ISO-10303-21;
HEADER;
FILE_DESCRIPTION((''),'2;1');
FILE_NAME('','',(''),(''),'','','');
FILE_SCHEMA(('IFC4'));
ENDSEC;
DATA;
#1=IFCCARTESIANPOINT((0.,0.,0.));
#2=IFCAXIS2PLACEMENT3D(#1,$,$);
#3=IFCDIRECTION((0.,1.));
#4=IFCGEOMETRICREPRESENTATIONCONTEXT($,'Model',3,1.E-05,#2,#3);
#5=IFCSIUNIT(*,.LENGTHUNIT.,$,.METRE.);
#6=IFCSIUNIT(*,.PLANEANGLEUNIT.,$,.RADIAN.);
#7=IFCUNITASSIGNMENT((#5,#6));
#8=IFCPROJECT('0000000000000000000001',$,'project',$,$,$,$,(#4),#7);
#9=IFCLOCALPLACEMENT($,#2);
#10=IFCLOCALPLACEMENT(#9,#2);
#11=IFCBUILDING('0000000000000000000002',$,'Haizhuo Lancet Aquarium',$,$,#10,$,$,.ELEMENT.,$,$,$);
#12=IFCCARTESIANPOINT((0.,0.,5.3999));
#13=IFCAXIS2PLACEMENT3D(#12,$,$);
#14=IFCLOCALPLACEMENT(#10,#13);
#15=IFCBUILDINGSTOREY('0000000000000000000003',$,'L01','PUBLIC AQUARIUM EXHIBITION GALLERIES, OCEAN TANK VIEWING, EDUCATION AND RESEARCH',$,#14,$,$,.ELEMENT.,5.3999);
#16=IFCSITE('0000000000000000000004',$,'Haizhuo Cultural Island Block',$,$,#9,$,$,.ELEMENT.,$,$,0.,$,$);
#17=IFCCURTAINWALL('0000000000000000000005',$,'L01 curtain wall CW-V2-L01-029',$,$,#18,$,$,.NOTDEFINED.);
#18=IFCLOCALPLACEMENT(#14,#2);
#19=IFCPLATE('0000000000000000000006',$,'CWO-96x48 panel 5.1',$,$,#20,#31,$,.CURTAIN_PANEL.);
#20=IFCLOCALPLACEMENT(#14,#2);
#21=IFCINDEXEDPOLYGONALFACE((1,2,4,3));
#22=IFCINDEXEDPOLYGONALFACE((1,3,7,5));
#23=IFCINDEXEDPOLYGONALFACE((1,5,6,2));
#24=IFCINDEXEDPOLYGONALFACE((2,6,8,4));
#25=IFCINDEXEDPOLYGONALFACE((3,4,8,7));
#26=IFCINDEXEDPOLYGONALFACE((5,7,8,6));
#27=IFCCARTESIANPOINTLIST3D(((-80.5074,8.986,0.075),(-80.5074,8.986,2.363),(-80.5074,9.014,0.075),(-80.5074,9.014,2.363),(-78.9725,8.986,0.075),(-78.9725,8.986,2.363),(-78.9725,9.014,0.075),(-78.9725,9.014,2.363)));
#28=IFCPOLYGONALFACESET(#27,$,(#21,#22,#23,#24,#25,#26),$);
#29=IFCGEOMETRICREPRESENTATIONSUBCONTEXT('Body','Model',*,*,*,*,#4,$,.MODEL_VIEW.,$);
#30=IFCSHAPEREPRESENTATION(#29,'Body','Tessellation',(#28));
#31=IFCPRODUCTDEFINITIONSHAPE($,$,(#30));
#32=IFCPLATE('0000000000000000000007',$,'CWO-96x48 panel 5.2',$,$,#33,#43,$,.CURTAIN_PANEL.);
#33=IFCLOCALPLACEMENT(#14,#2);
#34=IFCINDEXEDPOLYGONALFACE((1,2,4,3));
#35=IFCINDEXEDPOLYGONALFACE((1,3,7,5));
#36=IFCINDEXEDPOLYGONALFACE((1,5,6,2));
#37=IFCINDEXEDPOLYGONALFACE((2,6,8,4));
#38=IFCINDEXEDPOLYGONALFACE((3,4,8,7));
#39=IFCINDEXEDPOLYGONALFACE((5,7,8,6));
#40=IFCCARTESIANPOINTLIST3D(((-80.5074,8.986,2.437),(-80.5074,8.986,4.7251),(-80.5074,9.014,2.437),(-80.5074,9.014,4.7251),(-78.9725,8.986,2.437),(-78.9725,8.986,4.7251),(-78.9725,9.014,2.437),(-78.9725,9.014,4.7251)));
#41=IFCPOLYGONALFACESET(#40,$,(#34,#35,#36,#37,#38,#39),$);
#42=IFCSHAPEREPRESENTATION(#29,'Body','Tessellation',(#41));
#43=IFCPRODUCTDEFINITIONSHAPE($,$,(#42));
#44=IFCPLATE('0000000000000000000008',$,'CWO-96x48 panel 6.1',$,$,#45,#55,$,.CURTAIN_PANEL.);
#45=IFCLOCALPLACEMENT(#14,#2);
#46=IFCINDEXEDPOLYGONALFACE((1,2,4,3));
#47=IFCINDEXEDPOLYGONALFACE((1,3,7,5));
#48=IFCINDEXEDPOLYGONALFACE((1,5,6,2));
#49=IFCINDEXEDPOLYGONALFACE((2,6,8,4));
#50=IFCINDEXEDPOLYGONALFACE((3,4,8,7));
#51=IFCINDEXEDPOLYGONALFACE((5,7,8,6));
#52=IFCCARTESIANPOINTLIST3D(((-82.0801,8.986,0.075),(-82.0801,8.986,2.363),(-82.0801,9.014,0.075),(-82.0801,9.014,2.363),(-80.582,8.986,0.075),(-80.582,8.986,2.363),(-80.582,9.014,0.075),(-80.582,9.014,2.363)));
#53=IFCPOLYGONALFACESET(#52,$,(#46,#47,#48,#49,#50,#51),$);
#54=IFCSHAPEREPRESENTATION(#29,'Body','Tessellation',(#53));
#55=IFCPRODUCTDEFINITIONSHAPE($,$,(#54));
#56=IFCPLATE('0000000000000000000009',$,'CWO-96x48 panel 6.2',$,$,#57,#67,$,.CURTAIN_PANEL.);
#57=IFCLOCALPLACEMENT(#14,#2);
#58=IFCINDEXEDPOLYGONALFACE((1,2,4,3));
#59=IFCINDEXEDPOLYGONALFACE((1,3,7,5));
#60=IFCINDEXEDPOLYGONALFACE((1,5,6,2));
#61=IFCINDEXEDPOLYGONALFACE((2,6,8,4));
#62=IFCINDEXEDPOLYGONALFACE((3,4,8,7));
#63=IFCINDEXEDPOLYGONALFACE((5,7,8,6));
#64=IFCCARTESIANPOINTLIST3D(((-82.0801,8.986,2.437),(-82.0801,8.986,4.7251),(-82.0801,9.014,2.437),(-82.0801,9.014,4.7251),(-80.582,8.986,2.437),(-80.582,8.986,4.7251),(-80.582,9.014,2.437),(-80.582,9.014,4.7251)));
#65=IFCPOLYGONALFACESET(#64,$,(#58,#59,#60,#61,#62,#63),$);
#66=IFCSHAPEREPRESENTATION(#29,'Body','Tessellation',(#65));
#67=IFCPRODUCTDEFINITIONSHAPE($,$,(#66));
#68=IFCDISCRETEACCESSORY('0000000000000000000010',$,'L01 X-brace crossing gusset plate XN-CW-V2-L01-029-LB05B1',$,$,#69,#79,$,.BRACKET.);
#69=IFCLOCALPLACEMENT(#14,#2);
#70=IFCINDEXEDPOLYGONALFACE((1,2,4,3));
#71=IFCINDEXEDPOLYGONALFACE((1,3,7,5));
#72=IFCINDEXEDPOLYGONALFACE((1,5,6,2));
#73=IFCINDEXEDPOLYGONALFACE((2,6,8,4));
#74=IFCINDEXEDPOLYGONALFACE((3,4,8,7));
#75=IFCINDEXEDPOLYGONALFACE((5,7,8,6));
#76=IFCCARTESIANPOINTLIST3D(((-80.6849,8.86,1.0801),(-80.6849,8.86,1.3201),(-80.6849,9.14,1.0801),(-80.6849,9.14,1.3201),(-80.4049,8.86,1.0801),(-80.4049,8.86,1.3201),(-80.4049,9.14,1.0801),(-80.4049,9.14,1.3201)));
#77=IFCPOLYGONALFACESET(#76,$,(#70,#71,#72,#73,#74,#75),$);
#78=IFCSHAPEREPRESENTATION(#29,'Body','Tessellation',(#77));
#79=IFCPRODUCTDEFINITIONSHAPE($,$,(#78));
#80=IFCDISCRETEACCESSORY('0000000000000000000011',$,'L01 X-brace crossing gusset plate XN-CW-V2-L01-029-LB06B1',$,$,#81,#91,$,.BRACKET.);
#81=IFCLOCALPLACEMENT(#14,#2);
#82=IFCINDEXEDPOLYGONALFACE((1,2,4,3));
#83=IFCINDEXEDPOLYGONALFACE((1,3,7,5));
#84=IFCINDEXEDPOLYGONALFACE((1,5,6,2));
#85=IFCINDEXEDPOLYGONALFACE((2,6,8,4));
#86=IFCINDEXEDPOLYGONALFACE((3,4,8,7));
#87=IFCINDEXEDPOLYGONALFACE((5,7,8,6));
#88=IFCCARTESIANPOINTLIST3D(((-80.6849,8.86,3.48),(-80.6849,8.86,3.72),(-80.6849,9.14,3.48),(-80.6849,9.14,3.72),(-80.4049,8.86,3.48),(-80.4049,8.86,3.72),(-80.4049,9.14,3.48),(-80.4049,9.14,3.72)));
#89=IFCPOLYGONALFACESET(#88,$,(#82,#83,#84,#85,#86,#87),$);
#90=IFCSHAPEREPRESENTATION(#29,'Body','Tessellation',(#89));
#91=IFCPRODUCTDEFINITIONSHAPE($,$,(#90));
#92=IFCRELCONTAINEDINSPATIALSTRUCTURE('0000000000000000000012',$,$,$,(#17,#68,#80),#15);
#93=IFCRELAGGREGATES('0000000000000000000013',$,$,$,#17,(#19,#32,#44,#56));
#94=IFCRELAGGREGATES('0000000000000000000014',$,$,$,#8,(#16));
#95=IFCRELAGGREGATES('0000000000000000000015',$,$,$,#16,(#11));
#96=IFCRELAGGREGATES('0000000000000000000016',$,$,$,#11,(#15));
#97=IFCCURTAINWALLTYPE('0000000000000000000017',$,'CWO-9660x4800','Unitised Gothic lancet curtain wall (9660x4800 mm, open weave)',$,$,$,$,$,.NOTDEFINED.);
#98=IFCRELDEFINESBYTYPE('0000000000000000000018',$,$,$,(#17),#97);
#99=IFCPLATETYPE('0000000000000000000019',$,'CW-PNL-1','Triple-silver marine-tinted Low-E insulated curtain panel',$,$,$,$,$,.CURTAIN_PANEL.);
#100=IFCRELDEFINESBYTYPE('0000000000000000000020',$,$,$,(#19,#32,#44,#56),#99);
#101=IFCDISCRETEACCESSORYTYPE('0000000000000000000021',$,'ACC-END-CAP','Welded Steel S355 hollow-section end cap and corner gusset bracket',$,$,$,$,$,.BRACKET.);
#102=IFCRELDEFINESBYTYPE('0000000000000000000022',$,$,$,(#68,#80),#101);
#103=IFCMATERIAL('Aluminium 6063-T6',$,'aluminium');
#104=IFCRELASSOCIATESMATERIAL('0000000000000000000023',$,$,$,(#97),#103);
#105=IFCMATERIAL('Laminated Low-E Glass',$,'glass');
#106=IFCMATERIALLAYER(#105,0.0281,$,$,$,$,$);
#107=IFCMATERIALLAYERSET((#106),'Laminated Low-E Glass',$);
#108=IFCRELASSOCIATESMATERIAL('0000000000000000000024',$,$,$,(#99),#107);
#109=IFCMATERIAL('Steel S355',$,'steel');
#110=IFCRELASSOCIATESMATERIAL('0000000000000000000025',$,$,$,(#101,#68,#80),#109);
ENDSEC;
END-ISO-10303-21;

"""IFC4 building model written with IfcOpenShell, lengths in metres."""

from ifc_helpers import new_model, si_unit, direction, frame, origin, origin_2d, place, context, subcontext, project, spatial, rectangle, extrude, material, layer, layer_set, type_object, element, aggregate, save


model = new_model("IFC4")

# Units and contexts
model_context = context("Model", 3, precision=1e-05, world=origin(), true_north=direction((0.0, 1.0)))
body_context = subcontext(model_context, "Body", "Model", "MODEL_VIEW")
ifc_project = project(units=[si_unit("LENGTHUNIT", "METRE"), si_unit("PLANEANGLEUNIT", "RADIAN")], contexts=[model_context])

# Site, building, storey
site_placement = place(None, origin())
site = spatial("IfcSite", under=ifc_project, at=site_placement, Name="Haizhuo Cultural Island Block", CompositionType="ELEMENT", RefElevation=0.0)
building_placement = place(site_placement, origin())
building = spatial("IfcBuilding", under=site, at=building_placement, Name="Haizhuo Lancet Aquarium", CompositionType="ELEMENT")
storey_placement = place(building_placement, frame((0.0, 0.0, 5.3999)))
storey = spatial("IfcBuildingStorey", under=building, at=storey_placement, Name="L01", Description="PUBLIC AQUARIUM EXHIBITION GALLERIES, OCEAN TANK VIEWING, EDUCATION AND RESEARCH", CompositionType="ELEMENT", Elevation=5.3999)

# Shared definitions
ifc_material_1 = material(Name="Steel S355", Category="steel")

# Curtain wall
ifc_material_2 = material(Name="Aluminium 6063-T6", Category="aluminium")
curtain_wall_type = type_object("IfcCurtainWallType", Name="CWO-9660x4800", Description="Unitised Gothic lancet curtain wall (9660x4800 mm, open weave)", PredefinedType="NOTDEFINED", material=ifc_material_2)
curtain_wall_placement = place(storey_placement, origin())
curtain_wall = element("IfcCurtainWall", 1, at=curtain_wall_placement, inside=storey, type_object=curtain_wall_type, Name="L01 curtain wall CW-V2-L01-029", PredefinedType="NOTDEFINED")

# Plates
ifc_material_3 = material(Name="Laminated Low-E Glass", Category="glass")
ifc_layer = layer(ifc_material_3, 0.0281)
ifc_layer_set = layer_set([ifc_layer], Name="Laminated Low-E Glass")
plate_type = type_object("IfcPlateType", Name="CW-PNL-1", Description="Triple-silver marine-tinted Low-E insulated curtain panel", PredefinedType="CURTAIN_PANEL", material=ifc_layer_set)
plate_1_placement = place(storey_placement, frame((-79.74, 9.0, 0.075), z_axis=(0.0, 0.0, 1.0), x_axis=(-1.0, 0.0, 0.0)))
plate_1 = element("IfcPlate", 2, at=plate_1_placement, type_object=plate_type, Name="CWO-96x48 panel 5.1", PredefinedType="CURTAIN_PANEL", context=body_context, shape_type="SweptSolid", body=[
    extrude(rectangle(XDim=1.5349, YDim=0.0281, at=origin_2d()), origin(), (0.0, 0.0, 1.0), 2.2881),
])
plate_2_placement = place(storey_placement, frame((-79.74, 9.0, 2.437), z_axis=(0.0, 0.0, 1.0), x_axis=(-1.0, 0.0, 0.0)))
plate_2 = element("IfcPlate", 3, at=plate_2_placement, type_object=plate_type, Name="CWO-96x48 panel 5.2", PredefinedType="CURTAIN_PANEL", context=body_context, shape_type="SweptSolid", body=[
    extrude(rectangle(XDim=1.5349, YDim=0.0281, at=origin_2d()), origin(), (0.0, 0.0, 1.0), 2.2881),
])
plate_3_placement = place(storey_placement, frame((-81.3311, 9.0, 0.075), z_axis=(0.0, 0.0, 1.0), x_axis=(-1.0, 0.0, 0.0)))
plate_3 = element("IfcPlate", 4, at=plate_3_placement, type_object=plate_type, Name="CWO-96x48 panel 6.1", PredefinedType="CURTAIN_PANEL", context=body_context, shape_type="SweptSolid", body=[
    extrude(rectangle(XDim=1.498, YDim=0.0281, at=origin_2d()), origin(), (0.0, 0.0, 1.0), 2.2881),
])
plate_4_placement = place(storey_placement, frame((-81.3311, 9.0, 2.437), z_axis=(0.0, 0.0, 1.0), x_axis=(-1.0, 0.0, 0.0)))
plate_4 = element("IfcPlate", 5, at=plate_4_placement, type_object=plate_type, Name="CWO-96x48 panel 6.2", PredefinedType="CURTAIN_PANEL", context=body_context, shape_type="SweptSolid", body=[
    extrude(rectangle(XDim=1.498, YDim=0.0281, at=origin_2d()), origin(), (0.0, 0.0, 1.0), 2.2881),
])
aggregate(curtain_wall, [plate_1, plate_2, plate_3, plate_4])

# Discrete accessories
discrete_accessory_type = type_object("IfcDiscreteAccessoryType", Name="ACC-END-CAP", Description="Welded Steel S355 hollow-section end cap and corner gusset bracket", PredefinedType="BRACKET", material=ifc_material_1)
for number, where, z_axis, x_axis, name in (
    (6, (-80.5449, 9.0, 1.0801), (0.0, 0.0, 1.0), (1.0, 0.0, 0.0), "L01 X-brace crossing gusset plate XN-CW-V2-L01-029-LB05B1"),
    (7, (-80.5449, 9.0, 3.48), (0.0, 0.0, 1.0), (1.0, 0.0, 0.0), "L01 X-brace crossing gusset plate XN-CW-V2-L01-029-LB06B1"),
):
    element("IfcDiscreteAccessory", number, at=place(storey_placement, frame(where, z_axis=z_axis, x_axis=x_axis)), inside=storey, type_object=discrete_accessory_type, material=ifc_material_1, Name=name, PredefinedType="BRACKET", context=body_context, shape_type="SweptSolid", body=[
        extrude(rectangle(XDim=0.28, YDim=0.28, at=origin_2d()), origin(), (0.0, 0.0, 1.0), 0.24),
    ])

save(model, "model.ifc")
